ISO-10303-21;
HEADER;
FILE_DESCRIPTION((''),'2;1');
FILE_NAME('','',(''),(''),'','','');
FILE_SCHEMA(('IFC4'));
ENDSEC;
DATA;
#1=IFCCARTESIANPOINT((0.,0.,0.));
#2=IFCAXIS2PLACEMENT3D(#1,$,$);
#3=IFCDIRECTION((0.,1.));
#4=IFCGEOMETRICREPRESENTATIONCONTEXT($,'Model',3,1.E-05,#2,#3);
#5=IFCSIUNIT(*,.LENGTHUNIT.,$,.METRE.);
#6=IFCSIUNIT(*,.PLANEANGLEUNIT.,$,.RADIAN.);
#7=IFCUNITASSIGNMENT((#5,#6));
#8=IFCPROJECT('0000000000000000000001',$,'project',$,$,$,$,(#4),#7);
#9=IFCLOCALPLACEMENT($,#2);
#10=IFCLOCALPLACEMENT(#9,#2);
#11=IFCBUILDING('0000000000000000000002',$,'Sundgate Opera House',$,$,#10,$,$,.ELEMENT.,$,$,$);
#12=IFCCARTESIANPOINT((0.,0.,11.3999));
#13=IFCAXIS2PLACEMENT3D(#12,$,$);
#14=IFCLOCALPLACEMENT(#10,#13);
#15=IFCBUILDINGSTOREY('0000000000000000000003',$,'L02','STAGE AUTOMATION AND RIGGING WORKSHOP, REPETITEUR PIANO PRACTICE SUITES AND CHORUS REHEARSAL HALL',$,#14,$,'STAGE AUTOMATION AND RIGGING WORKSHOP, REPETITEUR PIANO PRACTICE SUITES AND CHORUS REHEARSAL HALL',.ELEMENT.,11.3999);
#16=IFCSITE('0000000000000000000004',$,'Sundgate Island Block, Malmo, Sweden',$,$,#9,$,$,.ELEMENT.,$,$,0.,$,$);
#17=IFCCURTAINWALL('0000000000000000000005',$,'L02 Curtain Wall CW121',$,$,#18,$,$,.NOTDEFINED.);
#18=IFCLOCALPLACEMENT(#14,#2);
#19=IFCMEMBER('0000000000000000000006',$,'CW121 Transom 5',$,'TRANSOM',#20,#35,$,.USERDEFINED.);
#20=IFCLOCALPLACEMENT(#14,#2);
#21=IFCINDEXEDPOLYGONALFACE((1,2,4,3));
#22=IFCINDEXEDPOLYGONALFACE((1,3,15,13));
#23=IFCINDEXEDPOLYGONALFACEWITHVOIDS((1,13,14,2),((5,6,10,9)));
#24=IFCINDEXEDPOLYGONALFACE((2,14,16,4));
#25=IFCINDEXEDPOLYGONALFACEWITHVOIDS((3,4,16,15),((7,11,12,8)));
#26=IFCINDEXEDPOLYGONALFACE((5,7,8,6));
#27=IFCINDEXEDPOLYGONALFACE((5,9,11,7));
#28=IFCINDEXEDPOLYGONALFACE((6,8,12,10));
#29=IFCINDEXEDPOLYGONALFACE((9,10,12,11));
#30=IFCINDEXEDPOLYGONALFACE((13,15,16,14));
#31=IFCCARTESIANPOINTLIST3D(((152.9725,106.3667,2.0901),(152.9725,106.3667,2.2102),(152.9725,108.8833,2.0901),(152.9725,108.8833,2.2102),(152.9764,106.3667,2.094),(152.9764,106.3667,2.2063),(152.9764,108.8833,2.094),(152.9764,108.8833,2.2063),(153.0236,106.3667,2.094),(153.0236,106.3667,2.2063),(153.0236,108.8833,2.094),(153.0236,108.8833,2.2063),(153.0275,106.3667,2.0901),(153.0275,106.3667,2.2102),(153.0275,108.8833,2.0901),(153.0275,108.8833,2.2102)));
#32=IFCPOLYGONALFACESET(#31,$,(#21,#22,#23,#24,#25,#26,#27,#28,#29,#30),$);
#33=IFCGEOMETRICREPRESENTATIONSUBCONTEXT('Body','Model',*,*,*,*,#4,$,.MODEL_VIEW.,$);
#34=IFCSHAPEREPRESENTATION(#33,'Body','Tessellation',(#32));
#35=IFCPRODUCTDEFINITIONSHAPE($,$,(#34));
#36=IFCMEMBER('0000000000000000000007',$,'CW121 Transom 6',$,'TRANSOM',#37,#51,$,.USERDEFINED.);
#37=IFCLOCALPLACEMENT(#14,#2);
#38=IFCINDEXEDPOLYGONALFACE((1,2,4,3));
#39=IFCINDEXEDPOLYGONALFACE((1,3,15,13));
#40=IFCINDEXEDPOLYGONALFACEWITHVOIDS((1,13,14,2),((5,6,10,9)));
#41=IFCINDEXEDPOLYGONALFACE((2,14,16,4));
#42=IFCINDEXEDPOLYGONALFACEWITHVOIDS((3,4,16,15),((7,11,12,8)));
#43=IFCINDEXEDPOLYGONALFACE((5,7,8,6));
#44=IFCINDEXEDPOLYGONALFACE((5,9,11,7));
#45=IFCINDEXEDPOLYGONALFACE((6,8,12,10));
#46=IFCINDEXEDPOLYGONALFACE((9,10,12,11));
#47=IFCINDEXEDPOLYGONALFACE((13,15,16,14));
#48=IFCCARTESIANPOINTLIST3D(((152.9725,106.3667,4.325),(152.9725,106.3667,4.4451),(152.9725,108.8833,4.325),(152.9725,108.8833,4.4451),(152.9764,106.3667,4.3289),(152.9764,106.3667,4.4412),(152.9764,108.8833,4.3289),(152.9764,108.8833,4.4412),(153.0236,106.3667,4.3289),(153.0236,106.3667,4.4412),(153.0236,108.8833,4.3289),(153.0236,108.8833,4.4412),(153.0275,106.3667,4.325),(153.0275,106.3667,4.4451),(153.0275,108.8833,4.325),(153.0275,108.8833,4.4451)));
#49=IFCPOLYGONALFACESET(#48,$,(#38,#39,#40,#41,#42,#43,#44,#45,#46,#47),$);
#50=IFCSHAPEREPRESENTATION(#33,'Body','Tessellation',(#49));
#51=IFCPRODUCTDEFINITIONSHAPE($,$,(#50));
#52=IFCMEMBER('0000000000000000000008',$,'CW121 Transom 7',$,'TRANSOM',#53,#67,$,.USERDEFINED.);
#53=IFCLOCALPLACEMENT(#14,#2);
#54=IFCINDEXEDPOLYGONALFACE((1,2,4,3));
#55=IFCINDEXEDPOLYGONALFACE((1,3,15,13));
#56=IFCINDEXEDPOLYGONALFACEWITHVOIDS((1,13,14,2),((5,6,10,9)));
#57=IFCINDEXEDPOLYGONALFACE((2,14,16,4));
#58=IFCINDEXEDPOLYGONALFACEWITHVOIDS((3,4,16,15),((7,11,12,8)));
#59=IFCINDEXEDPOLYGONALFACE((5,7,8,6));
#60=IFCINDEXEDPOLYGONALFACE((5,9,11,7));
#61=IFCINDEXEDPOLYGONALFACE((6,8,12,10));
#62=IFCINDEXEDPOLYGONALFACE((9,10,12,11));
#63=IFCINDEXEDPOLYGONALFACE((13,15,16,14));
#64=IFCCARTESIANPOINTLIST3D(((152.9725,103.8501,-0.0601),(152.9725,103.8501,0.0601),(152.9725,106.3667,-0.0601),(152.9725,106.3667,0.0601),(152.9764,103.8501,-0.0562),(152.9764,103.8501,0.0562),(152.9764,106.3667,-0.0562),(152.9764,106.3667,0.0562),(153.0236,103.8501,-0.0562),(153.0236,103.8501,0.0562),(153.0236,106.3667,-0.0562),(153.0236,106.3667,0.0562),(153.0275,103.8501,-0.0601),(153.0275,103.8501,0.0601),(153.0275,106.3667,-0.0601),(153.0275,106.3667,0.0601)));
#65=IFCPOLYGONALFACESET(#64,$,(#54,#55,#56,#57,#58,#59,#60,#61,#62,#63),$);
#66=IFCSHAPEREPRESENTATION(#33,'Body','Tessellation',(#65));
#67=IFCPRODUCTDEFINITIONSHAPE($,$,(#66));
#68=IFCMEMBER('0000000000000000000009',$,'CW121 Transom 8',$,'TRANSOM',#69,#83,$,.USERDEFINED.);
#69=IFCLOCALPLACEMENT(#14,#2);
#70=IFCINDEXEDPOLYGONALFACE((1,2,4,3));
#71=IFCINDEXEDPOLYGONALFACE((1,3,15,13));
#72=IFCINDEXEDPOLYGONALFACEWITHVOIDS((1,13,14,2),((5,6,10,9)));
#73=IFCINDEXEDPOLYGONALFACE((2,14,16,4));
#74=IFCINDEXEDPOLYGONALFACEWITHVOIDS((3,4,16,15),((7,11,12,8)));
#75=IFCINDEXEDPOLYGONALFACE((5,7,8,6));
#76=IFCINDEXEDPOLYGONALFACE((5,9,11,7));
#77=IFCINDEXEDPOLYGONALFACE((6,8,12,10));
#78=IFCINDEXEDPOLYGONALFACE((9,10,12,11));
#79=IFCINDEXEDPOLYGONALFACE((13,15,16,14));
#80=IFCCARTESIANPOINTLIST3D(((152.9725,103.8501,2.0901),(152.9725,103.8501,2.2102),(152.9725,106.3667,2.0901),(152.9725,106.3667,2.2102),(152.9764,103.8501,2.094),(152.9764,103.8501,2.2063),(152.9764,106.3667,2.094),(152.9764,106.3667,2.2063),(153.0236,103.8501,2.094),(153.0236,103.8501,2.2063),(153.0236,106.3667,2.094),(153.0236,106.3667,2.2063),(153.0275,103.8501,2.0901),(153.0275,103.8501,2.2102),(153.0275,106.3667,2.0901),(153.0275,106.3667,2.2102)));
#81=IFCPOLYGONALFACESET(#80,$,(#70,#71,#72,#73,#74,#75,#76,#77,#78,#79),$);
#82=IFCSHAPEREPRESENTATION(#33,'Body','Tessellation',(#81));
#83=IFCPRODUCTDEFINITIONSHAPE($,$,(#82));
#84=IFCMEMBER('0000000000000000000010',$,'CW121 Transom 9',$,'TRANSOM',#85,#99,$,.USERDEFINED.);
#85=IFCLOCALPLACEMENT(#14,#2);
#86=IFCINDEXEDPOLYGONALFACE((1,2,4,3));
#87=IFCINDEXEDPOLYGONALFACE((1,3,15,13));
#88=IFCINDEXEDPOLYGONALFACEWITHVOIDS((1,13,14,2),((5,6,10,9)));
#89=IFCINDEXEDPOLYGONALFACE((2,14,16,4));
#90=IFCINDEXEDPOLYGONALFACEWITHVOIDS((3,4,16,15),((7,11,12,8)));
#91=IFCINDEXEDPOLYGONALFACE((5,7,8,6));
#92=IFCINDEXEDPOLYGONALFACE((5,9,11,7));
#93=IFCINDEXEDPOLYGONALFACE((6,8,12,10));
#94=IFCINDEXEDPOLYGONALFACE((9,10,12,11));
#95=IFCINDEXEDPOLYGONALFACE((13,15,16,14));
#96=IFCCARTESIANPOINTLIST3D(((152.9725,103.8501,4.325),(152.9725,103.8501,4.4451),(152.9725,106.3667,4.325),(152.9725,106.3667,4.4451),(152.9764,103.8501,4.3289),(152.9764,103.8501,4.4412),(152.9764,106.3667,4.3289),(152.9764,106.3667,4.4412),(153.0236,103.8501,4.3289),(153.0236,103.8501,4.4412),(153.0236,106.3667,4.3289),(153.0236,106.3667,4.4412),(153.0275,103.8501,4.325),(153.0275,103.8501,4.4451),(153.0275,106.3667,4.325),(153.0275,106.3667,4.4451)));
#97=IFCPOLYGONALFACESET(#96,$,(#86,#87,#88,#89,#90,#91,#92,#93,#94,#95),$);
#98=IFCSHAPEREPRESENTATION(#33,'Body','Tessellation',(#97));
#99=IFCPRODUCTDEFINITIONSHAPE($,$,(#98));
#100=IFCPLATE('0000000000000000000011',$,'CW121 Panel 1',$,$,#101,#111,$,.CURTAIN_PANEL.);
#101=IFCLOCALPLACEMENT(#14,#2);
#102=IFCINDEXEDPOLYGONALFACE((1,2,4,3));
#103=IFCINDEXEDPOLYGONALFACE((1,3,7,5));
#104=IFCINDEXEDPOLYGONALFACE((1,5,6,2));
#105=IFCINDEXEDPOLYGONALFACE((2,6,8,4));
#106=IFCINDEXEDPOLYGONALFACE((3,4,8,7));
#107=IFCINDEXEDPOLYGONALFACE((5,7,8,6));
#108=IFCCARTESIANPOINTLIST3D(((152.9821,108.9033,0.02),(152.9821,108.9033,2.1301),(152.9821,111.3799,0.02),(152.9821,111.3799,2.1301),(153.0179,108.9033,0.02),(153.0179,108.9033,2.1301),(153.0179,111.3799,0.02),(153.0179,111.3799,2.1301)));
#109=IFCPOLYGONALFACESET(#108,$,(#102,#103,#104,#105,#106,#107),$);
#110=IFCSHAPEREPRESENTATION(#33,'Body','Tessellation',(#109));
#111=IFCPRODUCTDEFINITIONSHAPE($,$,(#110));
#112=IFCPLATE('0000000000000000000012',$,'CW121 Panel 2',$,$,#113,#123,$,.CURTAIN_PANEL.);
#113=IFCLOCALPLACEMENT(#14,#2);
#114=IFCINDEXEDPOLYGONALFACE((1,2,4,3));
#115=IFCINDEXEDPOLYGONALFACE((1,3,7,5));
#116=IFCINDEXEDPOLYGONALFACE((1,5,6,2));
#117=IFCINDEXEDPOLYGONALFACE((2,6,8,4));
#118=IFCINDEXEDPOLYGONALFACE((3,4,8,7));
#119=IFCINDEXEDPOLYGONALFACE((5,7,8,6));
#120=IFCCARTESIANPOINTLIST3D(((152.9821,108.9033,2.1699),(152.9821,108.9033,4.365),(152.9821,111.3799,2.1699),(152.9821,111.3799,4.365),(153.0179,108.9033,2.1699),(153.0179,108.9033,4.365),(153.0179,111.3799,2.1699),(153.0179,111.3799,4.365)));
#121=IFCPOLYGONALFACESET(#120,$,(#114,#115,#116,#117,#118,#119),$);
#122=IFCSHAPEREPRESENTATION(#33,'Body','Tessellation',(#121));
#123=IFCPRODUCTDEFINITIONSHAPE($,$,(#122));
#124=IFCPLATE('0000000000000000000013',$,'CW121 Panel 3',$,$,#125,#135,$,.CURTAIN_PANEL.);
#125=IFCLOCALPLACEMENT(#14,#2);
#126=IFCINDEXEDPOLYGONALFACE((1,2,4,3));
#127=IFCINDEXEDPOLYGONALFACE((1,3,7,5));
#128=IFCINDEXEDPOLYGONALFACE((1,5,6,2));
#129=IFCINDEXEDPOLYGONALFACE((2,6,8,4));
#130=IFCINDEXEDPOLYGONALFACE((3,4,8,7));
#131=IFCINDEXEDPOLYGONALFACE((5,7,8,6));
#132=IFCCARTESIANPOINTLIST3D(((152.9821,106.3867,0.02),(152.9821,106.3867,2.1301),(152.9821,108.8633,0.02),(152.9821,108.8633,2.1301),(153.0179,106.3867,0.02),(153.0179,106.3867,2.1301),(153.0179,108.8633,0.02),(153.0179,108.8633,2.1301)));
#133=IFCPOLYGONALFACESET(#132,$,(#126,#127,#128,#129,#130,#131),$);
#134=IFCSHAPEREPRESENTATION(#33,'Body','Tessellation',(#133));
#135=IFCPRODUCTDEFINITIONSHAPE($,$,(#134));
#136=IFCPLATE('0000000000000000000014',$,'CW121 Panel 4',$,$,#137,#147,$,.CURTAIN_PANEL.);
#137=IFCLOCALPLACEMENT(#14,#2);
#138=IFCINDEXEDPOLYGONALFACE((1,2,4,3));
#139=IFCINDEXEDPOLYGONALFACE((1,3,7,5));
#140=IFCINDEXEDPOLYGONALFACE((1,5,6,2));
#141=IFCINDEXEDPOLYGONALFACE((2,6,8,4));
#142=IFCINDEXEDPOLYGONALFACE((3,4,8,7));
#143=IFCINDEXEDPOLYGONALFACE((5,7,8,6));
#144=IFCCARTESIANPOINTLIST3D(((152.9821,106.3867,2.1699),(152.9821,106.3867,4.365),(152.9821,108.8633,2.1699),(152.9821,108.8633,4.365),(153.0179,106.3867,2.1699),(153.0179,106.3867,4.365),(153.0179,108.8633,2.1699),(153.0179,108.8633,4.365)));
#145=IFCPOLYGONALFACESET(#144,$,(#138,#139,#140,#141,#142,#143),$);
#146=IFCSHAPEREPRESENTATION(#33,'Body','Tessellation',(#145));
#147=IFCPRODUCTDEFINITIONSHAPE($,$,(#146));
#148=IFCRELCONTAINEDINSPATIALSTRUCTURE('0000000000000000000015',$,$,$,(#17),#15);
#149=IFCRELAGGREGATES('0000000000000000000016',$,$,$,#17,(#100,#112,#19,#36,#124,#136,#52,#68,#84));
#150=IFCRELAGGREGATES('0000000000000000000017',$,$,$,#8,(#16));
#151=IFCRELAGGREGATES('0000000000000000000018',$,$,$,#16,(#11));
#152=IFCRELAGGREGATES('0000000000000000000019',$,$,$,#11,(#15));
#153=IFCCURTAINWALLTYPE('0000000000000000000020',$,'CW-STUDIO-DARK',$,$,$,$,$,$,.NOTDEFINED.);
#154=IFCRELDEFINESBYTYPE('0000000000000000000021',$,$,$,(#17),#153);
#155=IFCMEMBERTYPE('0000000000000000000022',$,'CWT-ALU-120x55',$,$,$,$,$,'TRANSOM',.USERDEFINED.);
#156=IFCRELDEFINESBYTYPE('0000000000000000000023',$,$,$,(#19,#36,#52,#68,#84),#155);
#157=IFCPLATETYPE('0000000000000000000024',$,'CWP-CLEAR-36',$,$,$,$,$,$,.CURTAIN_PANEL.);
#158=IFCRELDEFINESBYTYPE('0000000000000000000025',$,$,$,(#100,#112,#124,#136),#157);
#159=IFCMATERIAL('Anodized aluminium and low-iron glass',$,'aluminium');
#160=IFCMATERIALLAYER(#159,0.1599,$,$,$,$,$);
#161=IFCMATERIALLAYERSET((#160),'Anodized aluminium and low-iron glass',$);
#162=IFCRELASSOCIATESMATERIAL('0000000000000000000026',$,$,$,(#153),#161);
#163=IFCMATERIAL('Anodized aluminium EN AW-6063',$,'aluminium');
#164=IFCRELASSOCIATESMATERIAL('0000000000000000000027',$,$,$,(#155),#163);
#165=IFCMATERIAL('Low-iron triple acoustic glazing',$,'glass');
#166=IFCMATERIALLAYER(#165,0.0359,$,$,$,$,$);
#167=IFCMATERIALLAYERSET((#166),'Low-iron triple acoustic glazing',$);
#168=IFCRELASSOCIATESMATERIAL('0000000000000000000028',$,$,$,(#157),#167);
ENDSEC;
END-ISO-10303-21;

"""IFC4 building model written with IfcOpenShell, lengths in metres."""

from ifc_helpers import new_model, si_unit, direction, frame, origin, origin_2d, place, context, subcontext, project, spatial, rectangle, hollow_rectangle, extrude, material, layer, layer_set, material_profile, profile_set, type_object, element, aggregate, save


model = new_model("IFC4")

# Units and contexts
model_context = context("Model", 3, precision=1e-05, world=origin(), true_north=direction((0.0, 1.0)))
body_context = subcontext(model_context, "Body", "Model", "MODEL_VIEW")
ifc_project = project(units=[si_unit("LENGTHUNIT", "METRE"), si_unit("PLANEANGLEUNIT", "RADIAN")], contexts=[model_context])

# Site, building, storey
site_placement = place(None, origin())
site = spatial("IfcSite", under=ifc_project, at=site_placement, Name="Sundgate Island Block, Malmo, Sweden", CompositionType="ELEMENT", RefElevation=0.0)
building_placement = place(site_placement, origin())
building = spatial("IfcBuilding", under=site, at=building_placement, Name="Sundgate Opera House", CompositionType="ELEMENT")
storey_placement = place(building_placement, frame((0.0, 0.0, 11.3999)))
storey = spatial("IfcBuildingStorey", under=building, at=storey_placement, Name="L02", Description="STAGE AUTOMATION AND RIGGING WORKSHOP, REPETITEUR PIANO PRACTICE SUITES AND CHORUS REHEARSAL HALL", LongName="STAGE AUTOMATION AND RIGGING WORKSHOP, REPETITEUR PIANO PRACTICE SUITES AND CHORUS REHEARSAL HALL", CompositionType="ELEMENT", Elevation=11.3999)

# Curtain wall, members, plates
ifc_material_1 = material(Name="Anodized aluminium and low-iron glass", Category="aluminium")
ifc_layer_1 = layer(ifc_material_1, 0.1599)
ifc_layer_set_1 = layer_set([ifc_layer_1], Name="Anodized aluminium and low-iron glass")
curtain_wall_type = type_object("IfcCurtainWallType", Name="CW-STUDIO-DARK", PredefinedType="NOTDEFINED", material=ifc_layer_set_1)
curtain_wall_placement = place(storey_placement, origin())
curtain_wall = element("IfcCurtainWall", 1, at=curtain_wall_placement, inside=storey, type_object=curtain_wall_type, Name="L02 Curtain Wall CW121", PredefinedType="NOTDEFINED")
ifc_material_2 = material(Name="Anodized aluminium EN AW-6063", Category="aluminium")
ifc_material_profile_1 = material_profile(ifc_material_2, hollow_rectangle(XDim=0.0549, YDim=0.1201, WallThickness=0.0039, at=origin_2d()), Name="CWT 120x55x4")
ifc_profile_set_1 = profile_set([ifc_material_profile_1], Name="Anodized aluminium EN AW-6063")
member_type_1 = type_object("IfcMemberType", Name="CWT-ALU-120x55", ElementType="TRANSOM", PredefinedType="USERDEFINED", material=ifc_profile_set_1)
member_1_placement = place(storey_placement, frame((153.0, 108.8833, 2.1501), z_axis=(0.0, -1.0, 0.0), x_axis=(1.0, 0.0, 0.0)))
member_1 = element("IfcMember", 2, at=member_1_placement, type_object=member_type_1, Name="CW121 Transom 5", ObjectType="TRANSOM", PredefinedType="USERDEFINED", context=body_context, shape_type="SweptSolid", body=[
    extrude(hollow_rectangle(XDim=0.0549, YDim=0.1201, WallThickness=0.0039, at=origin_2d()), origin(), (0.0, 0.0, 1.0), 2.5166),
])
member_2_placement = place(storey_placement, frame((153.0, 108.8833, 4.385), z_axis=(0.0, -1.0, 0.0), x_axis=(1.0, 0.0, 0.0)))
member_2 = element("IfcMember", 3, at=member_2_placement, type_object=member_type_1, Name="CW121 Transom 6", ObjectType="TRANSOM", PredefinedType="USERDEFINED", context=body_context, shape_type="SweptSolid", body=[
    extrude(hollow_rectangle(XDim=0.0549, YDim=0.1201, WallThickness=0.0039, at=origin_2d()), origin(), (0.0, 0.0, 1.0), 2.5166),
])
member_3_placement = place(storey_placement, frame((153.0, 106.3667, 0.0), z_axis=(0.0, -1.0, 0.0), x_axis=(1.0, 0.0, 0.0)))
member_3 = element("IfcMember", 4, at=member_3_placement, type_object=member_type_1, Name="CW121 Transom 7", ObjectType="TRANSOM", PredefinedType="USERDEFINED", context=body_context, shape_type="SweptSolid", body=[
    extrude(hollow_rectangle(XDim=0.0549, YDim=0.1201, WallThickness=0.0039, at=origin_2d()), origin(), (0.0, 0.0, 1.0), 2.5166),
])
member_4_placement = place(storey_placement, frame((153.0, 106.3667, 2.1501), z_axis=(0.0, -1.0, 0.0), x_axis=(1.0, 0.0, 0.0)))
member_4 = element("IfcMember", 5, at=member_4_placement, type_object=member_type_1, Name="CW121 Transom 8", ObjectType="TRANSOM", PredefinedType="USERDEFINED", context=body_context, shape_type="SweptSolid", body=[
    extrude(hollow_rectangle(XDim=0.0549, YDim=0.1201, WallThickness=0.0039, at=origin_2d()), origin(), (0.0, 0.0, 1.0), 2.5166),
])
member_5_placement = place(storey_placement, frame((153.0, 106.3667, 4.385), z_axis=(0.0, -1.0, 0.0), x_axis=(1.0, 0.0, 0.0)))
member_5 = element("IfcMember", 6, at=member_5_placement, type_object=member_type_1, Name="CW121 Transom 9", ObjectType="TRANSOM", PredefinedType="USERDEFINED", context=body_context, shape_type="SweptSolid", body=[
    extrude(hollow_rectangle(XDim=0.0549, YDim=0.1201, WallThickness=0.0039, at=origin_2d()), origin(), (0.0, 0.0, 1.0), 2.5166),
])
ifc_material_3 = material(Name="Low-iron triple acoustic glazing", Category="glass")
ifc_layer_2 = layer(ifc_material_3, 0.0359)
ifc_layer_set_2 = layer_set([ifc_layer_2], Name="Low-iron triple acoustic glazing")
plate_type = type_object("IfcPlateType", Name="CWP-CLEAR-36", PredefinedType="CURTAIN_PANEL", material=ifc_layer_set_2)
plate_1_placement = place(storey_placement, frame((153.0, 110.1416, 0.02), z_axis=(0.0, 0.0, 1.0), x_axis=(0.0, -1.0, 0.0)))
plate_1 = element("IfcPlate", 7, at=plate_1_placement, type_object=plate_type, Name="CW121 Panel 1", PredefinedType="CURTAIN_PANEL", context=body_context, shape_type="SweptSolid", body=[
    extrude(rectangle(XDim=2.4766, YDim=0.0359, at=origin_2d()), origin(), (0.0, 0.0, 1.0), 2.1101),
])
plate_2_placement = place(storey_placement, frame((153.0, 110.1416, 2.1699), z_axis=(0.0, 0.0, 1.0), x_axis=(0.0, -1.0, 0.0)))
plate_2 = element("IfcPlate", 8, at=plate_2_placement, type_object=plate_type, Name="CW121 Panel 2", PredefinedType="CURTAIN_PANEL", context=body_context, shape_type="SweptSolid", body=[
    extrude(rectangle(XDim=2.4766, YDim=0.0359, at=origin_2d()), origin(), (0.0, 0.0, 1.0), 2.1951),
])
plate_3_placement = place(storey_placement, frame((153.0, 107.625, 0.02), z_axis=(0.0, 0.0, 1.0), x_axis=(0.0, -1.0, 0.0)))
plate_3 = element("IfcPlate", 9, at=plate_3_placement, type_object=plate_type, Name="CW121 Panel 3", PredefinedType="CURTAIN_PANEL", context=body_context, shape_type="SweptSolid", body=[
    extrude(rectangle(XDim=2.4766, YDim=0.0359, at=origin_2d()), origin(), (0.0, 0.0, 1.0), 2.1101),
])
plate_4_placement = place(storey_placement, frame((153.0, 107.625, 2.1699), z_axis=(0.0, 0.0, 1.0), x_axis=(0.0, -1.0, 0.0)))
plate_4 = element("IfcPlate", 10, at=plate_4_placement, type_object=plate_type, Name="CW121 Panel 4", PredefinedType="CURTAIN_PANEL", context=body_context, shape_type="SweptSolid", body=[
    extrude(rectangle(XDim=2.4766, YDim=0.0359, at=origin_2d()), origin(), (0.0, 0.0, 1.0), 2.1951),
])
aggregate(curtain_wall, [plate_1, plate_2, member_1, member_2, plate_3, plate_4, member_3, member_4, member_5])

save(model, "model.ifc")
